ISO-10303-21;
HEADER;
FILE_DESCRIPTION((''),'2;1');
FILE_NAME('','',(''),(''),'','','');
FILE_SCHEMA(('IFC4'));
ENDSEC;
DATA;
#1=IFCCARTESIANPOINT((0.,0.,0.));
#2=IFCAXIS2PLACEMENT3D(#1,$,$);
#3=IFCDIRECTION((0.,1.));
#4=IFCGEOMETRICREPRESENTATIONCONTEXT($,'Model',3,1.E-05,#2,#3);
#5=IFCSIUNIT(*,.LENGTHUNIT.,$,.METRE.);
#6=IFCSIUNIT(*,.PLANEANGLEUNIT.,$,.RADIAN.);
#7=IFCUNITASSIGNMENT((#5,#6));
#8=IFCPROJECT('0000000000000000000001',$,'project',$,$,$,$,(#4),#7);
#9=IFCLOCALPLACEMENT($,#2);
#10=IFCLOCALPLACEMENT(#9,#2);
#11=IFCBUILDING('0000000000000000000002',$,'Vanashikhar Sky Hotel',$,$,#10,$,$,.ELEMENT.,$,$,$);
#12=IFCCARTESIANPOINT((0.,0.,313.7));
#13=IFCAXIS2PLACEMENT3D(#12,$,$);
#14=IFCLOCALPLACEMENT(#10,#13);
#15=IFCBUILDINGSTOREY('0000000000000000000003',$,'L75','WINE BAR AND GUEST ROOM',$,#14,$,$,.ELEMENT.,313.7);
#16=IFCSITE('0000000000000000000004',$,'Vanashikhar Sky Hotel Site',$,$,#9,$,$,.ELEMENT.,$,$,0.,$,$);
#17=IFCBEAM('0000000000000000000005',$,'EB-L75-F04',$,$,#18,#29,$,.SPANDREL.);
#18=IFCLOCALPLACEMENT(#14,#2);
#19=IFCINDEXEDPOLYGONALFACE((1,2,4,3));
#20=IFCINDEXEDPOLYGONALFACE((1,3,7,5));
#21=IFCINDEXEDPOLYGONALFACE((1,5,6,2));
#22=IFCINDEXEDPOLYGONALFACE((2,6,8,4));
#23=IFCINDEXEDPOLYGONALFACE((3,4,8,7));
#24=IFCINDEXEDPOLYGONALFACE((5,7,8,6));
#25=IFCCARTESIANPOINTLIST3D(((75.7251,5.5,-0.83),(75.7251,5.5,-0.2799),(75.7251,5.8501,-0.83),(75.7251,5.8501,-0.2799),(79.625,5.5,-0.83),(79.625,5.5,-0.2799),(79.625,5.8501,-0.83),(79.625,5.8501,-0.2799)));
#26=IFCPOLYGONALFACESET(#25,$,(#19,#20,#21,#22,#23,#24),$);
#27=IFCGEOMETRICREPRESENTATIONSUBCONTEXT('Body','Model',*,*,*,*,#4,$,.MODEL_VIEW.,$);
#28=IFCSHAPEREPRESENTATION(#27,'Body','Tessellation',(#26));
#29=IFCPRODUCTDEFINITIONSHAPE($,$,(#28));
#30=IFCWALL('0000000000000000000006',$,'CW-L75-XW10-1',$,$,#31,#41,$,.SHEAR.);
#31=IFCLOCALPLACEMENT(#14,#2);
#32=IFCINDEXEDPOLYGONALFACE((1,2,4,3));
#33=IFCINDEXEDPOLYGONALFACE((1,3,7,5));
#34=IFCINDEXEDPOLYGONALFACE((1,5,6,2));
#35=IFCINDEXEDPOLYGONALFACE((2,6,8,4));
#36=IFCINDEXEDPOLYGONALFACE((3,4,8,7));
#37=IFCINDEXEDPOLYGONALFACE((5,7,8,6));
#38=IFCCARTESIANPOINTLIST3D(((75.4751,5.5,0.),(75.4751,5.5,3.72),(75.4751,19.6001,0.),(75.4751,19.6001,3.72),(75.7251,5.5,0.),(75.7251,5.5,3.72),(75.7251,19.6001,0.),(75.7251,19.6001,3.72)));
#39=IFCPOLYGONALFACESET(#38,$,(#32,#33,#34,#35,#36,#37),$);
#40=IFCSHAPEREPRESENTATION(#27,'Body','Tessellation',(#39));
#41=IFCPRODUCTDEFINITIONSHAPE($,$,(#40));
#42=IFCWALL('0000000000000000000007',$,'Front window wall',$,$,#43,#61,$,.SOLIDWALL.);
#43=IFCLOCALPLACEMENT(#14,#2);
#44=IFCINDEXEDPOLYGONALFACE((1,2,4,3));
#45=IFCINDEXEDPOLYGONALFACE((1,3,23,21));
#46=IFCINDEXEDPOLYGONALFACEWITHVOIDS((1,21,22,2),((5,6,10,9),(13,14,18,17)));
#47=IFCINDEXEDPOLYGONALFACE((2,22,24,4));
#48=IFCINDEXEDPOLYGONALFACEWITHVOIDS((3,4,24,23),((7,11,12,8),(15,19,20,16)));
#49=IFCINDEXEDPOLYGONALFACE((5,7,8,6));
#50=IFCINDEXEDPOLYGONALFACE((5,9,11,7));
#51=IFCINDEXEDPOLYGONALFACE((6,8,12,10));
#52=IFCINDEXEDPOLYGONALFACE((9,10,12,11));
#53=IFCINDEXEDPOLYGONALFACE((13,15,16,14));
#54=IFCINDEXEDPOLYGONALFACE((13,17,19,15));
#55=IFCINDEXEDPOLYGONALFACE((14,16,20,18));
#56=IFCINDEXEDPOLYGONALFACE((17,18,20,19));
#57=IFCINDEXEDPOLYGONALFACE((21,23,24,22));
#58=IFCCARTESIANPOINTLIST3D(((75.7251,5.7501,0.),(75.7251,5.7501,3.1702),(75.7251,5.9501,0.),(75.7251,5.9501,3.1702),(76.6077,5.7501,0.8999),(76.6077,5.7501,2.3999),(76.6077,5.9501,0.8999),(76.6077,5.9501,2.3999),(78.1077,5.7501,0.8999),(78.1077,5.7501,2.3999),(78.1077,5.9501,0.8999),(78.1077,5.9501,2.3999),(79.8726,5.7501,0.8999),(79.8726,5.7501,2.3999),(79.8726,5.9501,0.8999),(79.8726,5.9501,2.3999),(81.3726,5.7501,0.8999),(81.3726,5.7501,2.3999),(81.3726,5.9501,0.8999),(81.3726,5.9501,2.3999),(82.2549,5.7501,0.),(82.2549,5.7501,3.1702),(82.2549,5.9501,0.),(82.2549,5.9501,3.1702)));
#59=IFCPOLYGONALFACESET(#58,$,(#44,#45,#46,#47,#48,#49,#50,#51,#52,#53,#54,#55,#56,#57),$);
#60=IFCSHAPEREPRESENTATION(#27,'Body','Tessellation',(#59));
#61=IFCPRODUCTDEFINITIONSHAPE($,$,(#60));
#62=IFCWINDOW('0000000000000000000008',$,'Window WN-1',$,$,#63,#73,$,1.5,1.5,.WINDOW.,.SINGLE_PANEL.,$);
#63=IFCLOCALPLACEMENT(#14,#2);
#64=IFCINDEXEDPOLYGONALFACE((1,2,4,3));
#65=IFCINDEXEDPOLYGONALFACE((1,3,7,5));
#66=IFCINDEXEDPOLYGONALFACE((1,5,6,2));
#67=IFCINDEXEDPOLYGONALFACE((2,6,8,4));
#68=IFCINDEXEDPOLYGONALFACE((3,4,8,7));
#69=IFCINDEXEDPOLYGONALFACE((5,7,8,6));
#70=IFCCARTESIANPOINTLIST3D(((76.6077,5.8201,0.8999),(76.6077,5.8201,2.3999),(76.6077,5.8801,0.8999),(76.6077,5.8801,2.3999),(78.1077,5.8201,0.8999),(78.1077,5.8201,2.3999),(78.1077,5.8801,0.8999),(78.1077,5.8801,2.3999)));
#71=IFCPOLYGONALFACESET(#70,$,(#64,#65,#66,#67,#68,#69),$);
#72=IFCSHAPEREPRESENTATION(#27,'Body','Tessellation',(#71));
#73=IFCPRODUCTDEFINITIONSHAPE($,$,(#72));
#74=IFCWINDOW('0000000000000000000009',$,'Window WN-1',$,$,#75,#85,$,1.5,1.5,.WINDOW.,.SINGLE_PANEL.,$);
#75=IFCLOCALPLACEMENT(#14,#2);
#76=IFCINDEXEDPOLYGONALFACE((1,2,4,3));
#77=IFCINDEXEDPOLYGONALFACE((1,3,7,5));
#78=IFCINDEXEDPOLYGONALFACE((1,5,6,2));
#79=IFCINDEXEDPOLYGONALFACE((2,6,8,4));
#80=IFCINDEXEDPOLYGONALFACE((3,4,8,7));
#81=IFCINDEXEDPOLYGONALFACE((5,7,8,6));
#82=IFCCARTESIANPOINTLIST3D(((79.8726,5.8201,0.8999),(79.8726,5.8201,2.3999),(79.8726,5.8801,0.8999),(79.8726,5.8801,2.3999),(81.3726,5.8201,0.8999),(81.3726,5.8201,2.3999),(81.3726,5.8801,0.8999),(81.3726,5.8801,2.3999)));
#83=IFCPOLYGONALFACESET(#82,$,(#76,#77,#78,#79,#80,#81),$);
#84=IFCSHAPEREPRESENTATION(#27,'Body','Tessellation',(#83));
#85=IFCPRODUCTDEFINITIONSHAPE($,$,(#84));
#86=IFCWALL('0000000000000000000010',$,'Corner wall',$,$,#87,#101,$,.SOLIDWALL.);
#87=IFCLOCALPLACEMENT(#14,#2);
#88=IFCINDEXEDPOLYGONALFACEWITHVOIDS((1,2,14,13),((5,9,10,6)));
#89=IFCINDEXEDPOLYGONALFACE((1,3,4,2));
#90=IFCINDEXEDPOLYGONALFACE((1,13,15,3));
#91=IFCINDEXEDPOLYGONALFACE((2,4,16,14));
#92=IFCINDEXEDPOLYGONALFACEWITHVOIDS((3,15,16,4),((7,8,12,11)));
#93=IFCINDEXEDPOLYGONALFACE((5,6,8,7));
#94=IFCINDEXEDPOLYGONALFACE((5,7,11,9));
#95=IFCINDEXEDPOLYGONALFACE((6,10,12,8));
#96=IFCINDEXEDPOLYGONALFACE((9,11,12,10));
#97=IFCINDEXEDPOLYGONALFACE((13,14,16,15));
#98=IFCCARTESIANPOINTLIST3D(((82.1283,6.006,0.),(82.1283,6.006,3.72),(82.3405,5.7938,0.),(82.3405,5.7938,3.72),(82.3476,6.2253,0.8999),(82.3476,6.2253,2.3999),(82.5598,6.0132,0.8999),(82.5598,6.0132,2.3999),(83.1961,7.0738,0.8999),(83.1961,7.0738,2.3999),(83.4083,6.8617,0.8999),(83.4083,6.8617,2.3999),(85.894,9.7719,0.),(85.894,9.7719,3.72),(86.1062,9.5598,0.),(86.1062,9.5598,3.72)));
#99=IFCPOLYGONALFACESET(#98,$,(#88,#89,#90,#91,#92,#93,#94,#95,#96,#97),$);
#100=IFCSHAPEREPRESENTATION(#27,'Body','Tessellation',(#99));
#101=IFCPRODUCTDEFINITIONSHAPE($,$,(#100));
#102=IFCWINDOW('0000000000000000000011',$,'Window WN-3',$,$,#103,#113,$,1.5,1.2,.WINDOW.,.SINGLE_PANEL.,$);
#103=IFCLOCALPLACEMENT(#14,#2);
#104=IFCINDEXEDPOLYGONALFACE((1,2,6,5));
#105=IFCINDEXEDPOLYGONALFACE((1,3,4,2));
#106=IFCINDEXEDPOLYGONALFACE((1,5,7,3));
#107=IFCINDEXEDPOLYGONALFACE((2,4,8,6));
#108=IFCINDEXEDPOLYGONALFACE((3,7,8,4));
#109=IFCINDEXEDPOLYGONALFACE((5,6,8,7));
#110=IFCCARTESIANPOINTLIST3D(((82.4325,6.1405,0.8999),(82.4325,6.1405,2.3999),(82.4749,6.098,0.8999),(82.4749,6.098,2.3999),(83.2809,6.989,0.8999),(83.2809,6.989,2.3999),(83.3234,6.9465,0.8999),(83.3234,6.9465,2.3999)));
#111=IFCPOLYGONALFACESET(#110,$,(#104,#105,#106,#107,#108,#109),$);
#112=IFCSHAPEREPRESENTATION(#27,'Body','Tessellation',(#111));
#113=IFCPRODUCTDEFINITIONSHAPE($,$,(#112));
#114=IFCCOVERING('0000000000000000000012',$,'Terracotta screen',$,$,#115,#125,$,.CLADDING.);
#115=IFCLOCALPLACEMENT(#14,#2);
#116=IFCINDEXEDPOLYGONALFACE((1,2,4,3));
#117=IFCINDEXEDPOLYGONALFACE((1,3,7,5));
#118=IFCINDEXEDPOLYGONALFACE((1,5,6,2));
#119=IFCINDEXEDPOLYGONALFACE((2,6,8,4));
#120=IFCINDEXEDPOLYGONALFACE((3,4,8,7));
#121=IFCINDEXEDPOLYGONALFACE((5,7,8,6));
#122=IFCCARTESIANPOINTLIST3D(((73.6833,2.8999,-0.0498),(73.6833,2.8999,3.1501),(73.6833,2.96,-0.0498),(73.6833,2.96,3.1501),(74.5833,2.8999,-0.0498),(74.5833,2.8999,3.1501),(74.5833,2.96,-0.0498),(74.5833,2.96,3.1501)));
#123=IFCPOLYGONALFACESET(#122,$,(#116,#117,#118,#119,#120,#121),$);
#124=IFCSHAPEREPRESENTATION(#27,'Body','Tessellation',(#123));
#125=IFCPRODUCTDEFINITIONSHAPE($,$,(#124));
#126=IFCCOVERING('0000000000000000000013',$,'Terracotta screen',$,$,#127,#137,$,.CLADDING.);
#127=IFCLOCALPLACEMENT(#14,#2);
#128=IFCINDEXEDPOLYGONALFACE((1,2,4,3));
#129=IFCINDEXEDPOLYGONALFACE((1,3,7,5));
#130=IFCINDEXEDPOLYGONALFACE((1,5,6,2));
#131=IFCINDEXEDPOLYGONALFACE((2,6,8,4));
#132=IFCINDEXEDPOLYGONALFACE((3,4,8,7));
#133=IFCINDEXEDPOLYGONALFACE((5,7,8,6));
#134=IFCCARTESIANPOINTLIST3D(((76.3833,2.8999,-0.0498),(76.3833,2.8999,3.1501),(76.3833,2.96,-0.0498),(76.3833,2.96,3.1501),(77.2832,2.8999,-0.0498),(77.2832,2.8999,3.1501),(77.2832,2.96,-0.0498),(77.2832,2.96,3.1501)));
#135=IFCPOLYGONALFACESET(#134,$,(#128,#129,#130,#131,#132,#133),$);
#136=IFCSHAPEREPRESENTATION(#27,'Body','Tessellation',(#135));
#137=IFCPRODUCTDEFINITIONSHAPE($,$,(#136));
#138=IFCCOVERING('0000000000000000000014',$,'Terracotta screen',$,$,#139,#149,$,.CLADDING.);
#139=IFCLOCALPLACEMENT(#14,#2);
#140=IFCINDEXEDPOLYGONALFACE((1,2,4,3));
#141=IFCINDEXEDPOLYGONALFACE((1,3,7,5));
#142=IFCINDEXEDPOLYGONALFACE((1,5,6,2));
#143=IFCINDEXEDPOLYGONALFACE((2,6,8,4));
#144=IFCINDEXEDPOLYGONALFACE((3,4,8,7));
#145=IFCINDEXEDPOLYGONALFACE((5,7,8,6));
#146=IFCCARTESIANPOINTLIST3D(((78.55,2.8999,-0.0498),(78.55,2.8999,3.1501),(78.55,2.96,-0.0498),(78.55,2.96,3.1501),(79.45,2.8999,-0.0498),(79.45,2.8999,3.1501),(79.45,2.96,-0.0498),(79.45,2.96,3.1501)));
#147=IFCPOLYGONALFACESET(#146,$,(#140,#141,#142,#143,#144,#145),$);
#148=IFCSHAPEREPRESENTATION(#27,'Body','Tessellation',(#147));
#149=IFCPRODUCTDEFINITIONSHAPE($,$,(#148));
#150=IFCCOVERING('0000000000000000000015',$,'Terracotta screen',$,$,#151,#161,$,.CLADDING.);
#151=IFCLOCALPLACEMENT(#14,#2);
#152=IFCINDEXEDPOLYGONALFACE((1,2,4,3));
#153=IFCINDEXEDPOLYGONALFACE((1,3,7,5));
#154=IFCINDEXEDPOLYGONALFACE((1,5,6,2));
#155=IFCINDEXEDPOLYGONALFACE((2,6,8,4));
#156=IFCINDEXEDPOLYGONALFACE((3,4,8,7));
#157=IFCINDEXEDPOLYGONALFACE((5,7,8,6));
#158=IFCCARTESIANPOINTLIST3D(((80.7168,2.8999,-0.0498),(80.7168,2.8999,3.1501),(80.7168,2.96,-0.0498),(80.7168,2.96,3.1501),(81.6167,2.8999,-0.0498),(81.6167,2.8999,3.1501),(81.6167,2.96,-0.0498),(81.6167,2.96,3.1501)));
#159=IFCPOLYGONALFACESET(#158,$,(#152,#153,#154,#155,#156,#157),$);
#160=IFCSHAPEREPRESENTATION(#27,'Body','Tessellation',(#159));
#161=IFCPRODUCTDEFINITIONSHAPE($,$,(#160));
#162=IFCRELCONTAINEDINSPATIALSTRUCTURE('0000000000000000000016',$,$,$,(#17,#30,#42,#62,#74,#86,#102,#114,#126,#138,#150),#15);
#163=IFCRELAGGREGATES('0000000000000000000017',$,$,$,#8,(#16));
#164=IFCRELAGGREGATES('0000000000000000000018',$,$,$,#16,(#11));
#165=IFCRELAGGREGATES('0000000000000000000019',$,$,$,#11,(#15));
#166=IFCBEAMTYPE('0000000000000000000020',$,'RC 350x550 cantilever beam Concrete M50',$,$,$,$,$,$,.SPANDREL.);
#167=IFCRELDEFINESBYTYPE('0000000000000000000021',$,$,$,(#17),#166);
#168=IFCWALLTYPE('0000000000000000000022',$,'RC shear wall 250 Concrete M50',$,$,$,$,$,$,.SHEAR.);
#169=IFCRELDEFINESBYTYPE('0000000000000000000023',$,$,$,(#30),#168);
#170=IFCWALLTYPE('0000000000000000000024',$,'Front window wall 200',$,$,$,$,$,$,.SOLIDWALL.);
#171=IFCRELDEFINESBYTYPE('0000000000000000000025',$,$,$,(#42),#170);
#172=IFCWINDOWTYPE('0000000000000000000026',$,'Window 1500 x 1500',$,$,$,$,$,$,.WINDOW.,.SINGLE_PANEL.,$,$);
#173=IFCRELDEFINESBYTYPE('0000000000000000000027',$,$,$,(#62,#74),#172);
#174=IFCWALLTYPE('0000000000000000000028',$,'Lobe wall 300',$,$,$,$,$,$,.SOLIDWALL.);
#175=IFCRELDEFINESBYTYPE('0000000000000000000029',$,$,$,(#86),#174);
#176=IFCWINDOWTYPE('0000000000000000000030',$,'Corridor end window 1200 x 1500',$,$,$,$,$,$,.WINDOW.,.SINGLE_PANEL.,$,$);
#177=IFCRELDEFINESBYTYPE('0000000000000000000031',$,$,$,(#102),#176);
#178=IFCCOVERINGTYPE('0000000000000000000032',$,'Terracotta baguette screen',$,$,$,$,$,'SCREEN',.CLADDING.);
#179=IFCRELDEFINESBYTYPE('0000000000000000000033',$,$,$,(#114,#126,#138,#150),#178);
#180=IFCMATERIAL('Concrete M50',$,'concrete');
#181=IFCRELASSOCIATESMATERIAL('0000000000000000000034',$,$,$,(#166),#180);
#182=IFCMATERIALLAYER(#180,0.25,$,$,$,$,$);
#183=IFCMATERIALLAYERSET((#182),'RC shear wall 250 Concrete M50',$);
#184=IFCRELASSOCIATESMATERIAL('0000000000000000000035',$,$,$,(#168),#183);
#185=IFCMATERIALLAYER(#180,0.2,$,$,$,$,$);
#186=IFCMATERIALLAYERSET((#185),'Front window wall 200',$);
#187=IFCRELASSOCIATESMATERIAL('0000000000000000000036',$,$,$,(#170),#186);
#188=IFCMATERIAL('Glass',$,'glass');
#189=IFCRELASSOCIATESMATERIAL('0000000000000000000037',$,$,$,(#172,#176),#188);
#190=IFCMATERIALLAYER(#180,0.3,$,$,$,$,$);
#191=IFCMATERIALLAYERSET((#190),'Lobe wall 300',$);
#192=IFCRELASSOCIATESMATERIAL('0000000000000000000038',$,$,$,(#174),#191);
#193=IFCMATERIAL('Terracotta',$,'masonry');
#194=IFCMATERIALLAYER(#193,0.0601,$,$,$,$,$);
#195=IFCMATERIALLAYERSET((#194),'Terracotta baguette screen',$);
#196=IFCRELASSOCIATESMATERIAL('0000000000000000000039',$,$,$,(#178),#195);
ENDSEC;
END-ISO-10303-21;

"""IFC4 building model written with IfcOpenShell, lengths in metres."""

from ifc_helpers import new_model, si_unit, direction, frame, frame_2d, origin, origin_2d, place, context, subcontext, project, spatial, rectangle, extrude, source, transform, mapped, material, layer, layer_set, material_profile, profile_set, type_object, element, fill, save


model = new_model("IFC4")

# Units and contexts
model_context = context("Model", 3, precision=1e-05, world=origin(), true_north=direction((0.0, 1.0)))
body_context = subcontext(model_context, "Body", "Model", "MODEL_VIEW")
ifc_project = project(units=[si_unit("LENGTHUNIT", "METRE"), si_unit("PLANEANGLEUNIT", "RADIAN")], contexts=[model_context])

# Site, building, storey
site_placement = place(None, origin())
site = spatial("IfcSite", under=ifc_project, at=site_placement, Name="Vanashikhar Sky Hotel Site", CompositionType="ELEMENT", RefElevation=0.0)
building_placement = place(site_placement, origin())
building = spatial("IfcBuilding", under=site, at=building_placement, Name="Vanashikhar Sky Hotel", CompositionType="ELEMENT")
storey_placement = place(building_placement, frame((0.0, 0.0, 313.7)))
storey = spatial("IfcBuildingStorey", under=building, at=storey_placement, Name="L75", Description="WINE BAR AND GUEST ROOM", CompositionType="ELEMENT", Elevation=313.7)

# Beam
ifc_material_1 = material(Name="Concrete M50", Category="concrete")
ifc_material_profile = material_profile(ifc_material_1, rectangle(XDim=0.3501, YDim=0.55, at=origin_2d()))
ifc_profile_set = profile_set([ifc_material_profile], Name="RC 350x550 cantilever beam Concrete M50")
beam_type = type_object("IfcBeamType", Name="RC 350x550 cantilever beam Concrete M50", PredefinedType="SPANDREL", material=ifc_profile_set)
shared_shape_1 = source(origin(), body_context, "Body", "SweptSolid", [
    extrude(rectangle(XDim=0.3501, YDim=0.55, at=origin_2d()), origin(), (0.0, 0.0, 1.0), 3.8999),
])
beam_placement = place(storey_placement, frame((75.7251, 5.675, -0.5549), z_axis=(1.0, 0.0, 0.0), x_axis=(0.0, 1.0, 0.0)))
element("IfcBeam", 1, at=beam_placement, inside=storey, type_object=beam_type, Name="EB-L75-F04", PredefinedType="SPANDREL", context=body_context, shape_type="MappedRepresentation", body=[
    mapped(shared_shape_1, transform((0.0, 0.0, 0.0), scale=1.0)),
])

# Wall
ifc_layer_1 = layer(ifc_material_1, 0.25)
ifc_layer_set_1 = layer_set([ifc_layer_1], Name="RC shear wall 250 Concrete M50")
wall_type_1 = type_object("IfcWallType", Name="RC shear wall 250 Concrete M50", PredefinedType="SHEAR", material=ifc_layer_set_1)
shared_shape_2 = source(origin(), body_context, "Body", "SweptSolid", [
    extrude(rectangle(XDim=14.1001, YDim=0.25, at=frame_2d((7.05, 0.0))), origin(), (0.0, 0.0, 1.0), 3.72),
])
wall_1_placement = place(storey_placement, frame((75.6001, 5.5, 0.0), z_axis=(0.0, 0.0, 1.0), x_axis=(0.0, 1.0, 0.0)))
element("IfcWall", 2, at=wall_1_placement, inside=storey, type_object=wall_type_1, Name="CW-L75-XW10-1", PredefinedType="SHEAR", context=body_context, shape_type="MappedRepresentation", body=[
    mapped(shared_shape_2, transform((0.0, 0.0, 0.0), scale=1.0)),
])

# Wall, openings, windows
ifc_layer_2 = layer(ifc_material_1, 0.2)
ifc_layer_set_2 = layer_set([ifc_layer_2], Name="Front window wall 200")
wall_type_2 = type_object("IfcWallType", Name="Front window wall 200", PredefinedType="SOLIDWALL", material=ifc_layer_set_2)
shared_shape_3 = source(origin(), body_context, "Body", "SweptSolid", [
    extrude(rectangle(XDim=6.5298, YDim=0.2, at=frame_2d((3.2649, 0.0))), origin(), (0.0, 0.0, 1.0), 3.1702),
])
wall_2_placement = place(storey_placement, frame((75.7251, 5.8501, 0.0), z_axis=(0.0, 0.0, 1.0), x_axis=(1.0, 0.0, 0.0)))
wall_2 = element("IfcWall", 3, at=wall_2_placement, inside=storey, type_object=wall_type_2, Name="Front window wall", PredefinedType="SOLIDWALL", context=body_context, shape_type="MappedRepresentation", body=[
    mapped(shared_shape_3, transform((0.0, 0.0, 0.0), scale=1.0)),
])
shared_shape_4 = source(origin(), body_context, "Body", "SweptSolid", [
    extrude(rectangle(XDim=1.5, YDim=1.5, at=frame_2d((0.75, 0.75))), frame((0.0, 0.1099, 0.0), z_axis=(0.0, -1.0, 0.0), x_axis=(1.0, 0.0, 0.0)), (0.0, 0.0, 1.0), 0.22),
])
opening_1_placement = place(wall_2_placement, frame((0.8826, 0.0, 0.8999)))
opening_1 = element("IfcOpeningElement", 4, at=opening_1_placement, cuts=wall_2, PredefinedType="OPENING", context=body_context, shape_type="MappedRepresentation", body=[
    mapped(shared_shape_4, transform((0.0, 0.0, 0.0), scale=1.0)),
])
opening_2_placement = place(wall_2_placement, frame((4.1475, 0.0, 0.8999)))
opening_2 = element("IfcOpeningElement", 5, at=opening_2_placement, cuts=wall_2, PredefinedType="OPENING", context=body_context, shape_type="MappedRepresentation", body=[
    mapped(shared_shape_4, transform((0.0, 0.0, 0.0), scale=1.0)),
])
ifc_material_2 = material(Name="Glass", Category="glass")
window_type_1 = type_object("IfcWindowType", Name="Window 1500 x 1500", PartitioningType="SINGLE_PANEL", PredefinedType="WINDOW", material=ifc_material_2)
shared_shape_5 = source(origin(), body_context, "Body", "SweptSolid", [
    extrude(rectangle(XDim=1.5, YDim=1.5, at=frame_2d((0.75, 0.75))), frame((0.0, 0.03, 0.0), z_axis=(0.0, -1.0, 0.0), x_axis=(1.0, 0.0, 0.0)), (0.0, 0.0, 1.0), 0.0601),
])
window_1_placement = place(opening_1_placement, origin())
window_1 = element("IfcWindow", 6, at=window_1_placement, inside=storey, type_object=window_type_1, Name="Window WN-1", OverallHeight=1.5, OverallWidth=1.5, PartitioningType="SINGLE_PANEL", PredefinedType="WINDOW", context=body_context, shape_type="MappedRepresentation", body=[
    mapped(shared_shape_5, transform((0.0, 0.0, 0.0), scale=1.0)),
])
fill(opening_1, window_1)
window_2_placement = place(opening_2_placement, origin())
window_2 = element("IfcWindow", 7, at=window_2_placement, inside=storey, type_object=window_type_1, Name="Window WN-1", OverallHeight=1.5, OverallWidth=1.5, PartitioningType="SINGLE_PANEL", PredefinedType="WINDOW", context=body_context, shape_type="MappedRepresentation", body=[
    mapped(shared_shape_5, transform((0.0, 0.0, 0.0), scale=1.0)),
])
fill(opening_2, window_2)

# Wall, opening, window
ifc_layer_3 = layer(ifc_material_1, 0.3)
ifc_layer_set_3 = layer_set([ifc_layer_3], Name="Lobe wall 300")
wall_type_3 = type_object("IfcWallType", Name="Lobe wall 300", PredefinedType="SOLIDWALL", material=ifc_layer_set_3)
shared_shape_6 = source(origin(), body_context, "Body", "SweptSolid", [
    extrude(rectangle(XDim=5.3257, YDim=0.3, at=frame_2d((2.6628, 0.0))), origin(), (0.0, 0.0, 1.0), 3.72),
])
wall_3_placement = place(storey_placement, frame((82.2344, 5.8999, 0.0), z_axis=(0.0, 0.0, 1.0), x_axis=(0.707084, 0.70713, 0.0)))
wall_3 = element("IfcWall", 8, at=wall_3_placement, inside=storey, type_object=wall_type_3, Name="Corner wall", PredefinedType="SOLIDWALL", context=body_context, shape_type="MappedRepresentation", body=[
    mapped(shared_shape_6, transform((0.0, 0.0, 0.0), scale=1.0)),
])
shared_shape_7 = source(origin(), body_context, "Body", "SweptSolid", [
    extrude(rectangle(XDim=1.2, YDim=1.5, at=frame_2d((0.6001, 0.75))), frame((0.0, 0.1602, 0.0), z_axis=(0.0, -1.0, 0.0), x_axis=(1.0, 0.0, 0.0)), (0.0, 0.0, 1.0), 0.3201),
])
opening_3_placement = place(wall_3_placement, frame((0.3101, 0.0, 0.8999)))
opening_3 = element("IfcOpeningElement", 9, at=opening_3_placement, cuts=wall_3, PredefinedType="OPENING", context=body_context, shape_type="MappedRepresentation", body=[
    mapped(shared_shape_7, transform((0.0, 0.0, 0.0), scale=1.0)),
])
window_type_2 = type_object("IfcWindowType", Name="Corridor end window 1200 x 1500", PartitioningType="SINGLE_PANEL", PredefinedType="WINDOW", material=ifc_material_2)
shared_shape_8 = source(origin(), body_context, "Body", "SweptSolid", [
    extrude(rectangle(XDim=1.2, YDim=1.5, at=frame_2d((0.6001, 0.75))), frame((0.0, 0.03, 0.0), z_axis=(0.0, -1.0, 0.0), x_axis=(1.0, 0.0, 0.0)), (0.0, 0.0, 1.0), 0.0601),
])
window_3_placement = place(opening_3_placement, origin())
window_3 = element("IfcWindow", 10, at=window_3_placement, inside=storey, type_object=window_type_2, Name="Window WN-3", OverallHeight=1.5, OverallWidth=1.2, PartitioningType="SINGLE_PANEL", PredefinedType="WINDOW", context=body_context, shape_type="MappedRepresentation", body=[
    mapped(shared_shape_8, transform((0.0, 0.0, 0.0), scale=1.0)),
])
fill(opening_3, window_3)

# Coverings
ifc_material_3 = material(Name="Terracotta", Category="masonry")
ifc_layer_4 = layer(ifc_material_3, 0.0601)
ifc_layer_set_4 = layer_set([ifc_layer_4], Name="Terracotta baguette screen")
covering_type = type_object("IfcCoveringType", Name="Terracotta baguette screen", ElementType="SCREEN", PredefinedType="CLADDING", material=ifc_layer_set_4)
shared_shape_9 = source(origin(), body_context, "Body", "SweptSolid", [
    extrude(rectangle(XDim=0.8999, YDim=0.0601, at=origin_2d()), origin(), (0.0, 0.0, 1.0), 3.2),
])
for number, where, z_axis, x_axis, name in (
    (11, (74.1333, 2.9299, -0.0498), (0.0, 0.0, 1.0), (1.0, 0.0, 0.0), "Terracotta screen"),
    (12, (76.8333, 2.9299, -0.0498), (0.0, 0.0, 1.0), (1.0, 0.0, 0.0), "Terracotta screen"),
    (13, (79.0, 2.9299, -0.0498), (0.0, 0.0, 1.0), (1.0, 0.0, 0.0), "Terracotta screen"),
    (14, (81.1667, 2.9299, -0.0498), (0.0, 0.0, 1.0), (1.0, 0.0, 0.0), "Terracotta screen"),
):
    element("IfcCovering", number, at=place(storey_placement, frame(where, z_axis=z_axis, x_axis=x_axis)), inside=storey, type_object=covering_type, Name=name, PredefinedType="CLADDING", context=body_context, shape_type="MappedRepresentation", body=[
        mapped(shared_shape_9, transform((0.0, 0.0, 0.0), scale=1.0)),
    ])

save(model, "model.ifc")
